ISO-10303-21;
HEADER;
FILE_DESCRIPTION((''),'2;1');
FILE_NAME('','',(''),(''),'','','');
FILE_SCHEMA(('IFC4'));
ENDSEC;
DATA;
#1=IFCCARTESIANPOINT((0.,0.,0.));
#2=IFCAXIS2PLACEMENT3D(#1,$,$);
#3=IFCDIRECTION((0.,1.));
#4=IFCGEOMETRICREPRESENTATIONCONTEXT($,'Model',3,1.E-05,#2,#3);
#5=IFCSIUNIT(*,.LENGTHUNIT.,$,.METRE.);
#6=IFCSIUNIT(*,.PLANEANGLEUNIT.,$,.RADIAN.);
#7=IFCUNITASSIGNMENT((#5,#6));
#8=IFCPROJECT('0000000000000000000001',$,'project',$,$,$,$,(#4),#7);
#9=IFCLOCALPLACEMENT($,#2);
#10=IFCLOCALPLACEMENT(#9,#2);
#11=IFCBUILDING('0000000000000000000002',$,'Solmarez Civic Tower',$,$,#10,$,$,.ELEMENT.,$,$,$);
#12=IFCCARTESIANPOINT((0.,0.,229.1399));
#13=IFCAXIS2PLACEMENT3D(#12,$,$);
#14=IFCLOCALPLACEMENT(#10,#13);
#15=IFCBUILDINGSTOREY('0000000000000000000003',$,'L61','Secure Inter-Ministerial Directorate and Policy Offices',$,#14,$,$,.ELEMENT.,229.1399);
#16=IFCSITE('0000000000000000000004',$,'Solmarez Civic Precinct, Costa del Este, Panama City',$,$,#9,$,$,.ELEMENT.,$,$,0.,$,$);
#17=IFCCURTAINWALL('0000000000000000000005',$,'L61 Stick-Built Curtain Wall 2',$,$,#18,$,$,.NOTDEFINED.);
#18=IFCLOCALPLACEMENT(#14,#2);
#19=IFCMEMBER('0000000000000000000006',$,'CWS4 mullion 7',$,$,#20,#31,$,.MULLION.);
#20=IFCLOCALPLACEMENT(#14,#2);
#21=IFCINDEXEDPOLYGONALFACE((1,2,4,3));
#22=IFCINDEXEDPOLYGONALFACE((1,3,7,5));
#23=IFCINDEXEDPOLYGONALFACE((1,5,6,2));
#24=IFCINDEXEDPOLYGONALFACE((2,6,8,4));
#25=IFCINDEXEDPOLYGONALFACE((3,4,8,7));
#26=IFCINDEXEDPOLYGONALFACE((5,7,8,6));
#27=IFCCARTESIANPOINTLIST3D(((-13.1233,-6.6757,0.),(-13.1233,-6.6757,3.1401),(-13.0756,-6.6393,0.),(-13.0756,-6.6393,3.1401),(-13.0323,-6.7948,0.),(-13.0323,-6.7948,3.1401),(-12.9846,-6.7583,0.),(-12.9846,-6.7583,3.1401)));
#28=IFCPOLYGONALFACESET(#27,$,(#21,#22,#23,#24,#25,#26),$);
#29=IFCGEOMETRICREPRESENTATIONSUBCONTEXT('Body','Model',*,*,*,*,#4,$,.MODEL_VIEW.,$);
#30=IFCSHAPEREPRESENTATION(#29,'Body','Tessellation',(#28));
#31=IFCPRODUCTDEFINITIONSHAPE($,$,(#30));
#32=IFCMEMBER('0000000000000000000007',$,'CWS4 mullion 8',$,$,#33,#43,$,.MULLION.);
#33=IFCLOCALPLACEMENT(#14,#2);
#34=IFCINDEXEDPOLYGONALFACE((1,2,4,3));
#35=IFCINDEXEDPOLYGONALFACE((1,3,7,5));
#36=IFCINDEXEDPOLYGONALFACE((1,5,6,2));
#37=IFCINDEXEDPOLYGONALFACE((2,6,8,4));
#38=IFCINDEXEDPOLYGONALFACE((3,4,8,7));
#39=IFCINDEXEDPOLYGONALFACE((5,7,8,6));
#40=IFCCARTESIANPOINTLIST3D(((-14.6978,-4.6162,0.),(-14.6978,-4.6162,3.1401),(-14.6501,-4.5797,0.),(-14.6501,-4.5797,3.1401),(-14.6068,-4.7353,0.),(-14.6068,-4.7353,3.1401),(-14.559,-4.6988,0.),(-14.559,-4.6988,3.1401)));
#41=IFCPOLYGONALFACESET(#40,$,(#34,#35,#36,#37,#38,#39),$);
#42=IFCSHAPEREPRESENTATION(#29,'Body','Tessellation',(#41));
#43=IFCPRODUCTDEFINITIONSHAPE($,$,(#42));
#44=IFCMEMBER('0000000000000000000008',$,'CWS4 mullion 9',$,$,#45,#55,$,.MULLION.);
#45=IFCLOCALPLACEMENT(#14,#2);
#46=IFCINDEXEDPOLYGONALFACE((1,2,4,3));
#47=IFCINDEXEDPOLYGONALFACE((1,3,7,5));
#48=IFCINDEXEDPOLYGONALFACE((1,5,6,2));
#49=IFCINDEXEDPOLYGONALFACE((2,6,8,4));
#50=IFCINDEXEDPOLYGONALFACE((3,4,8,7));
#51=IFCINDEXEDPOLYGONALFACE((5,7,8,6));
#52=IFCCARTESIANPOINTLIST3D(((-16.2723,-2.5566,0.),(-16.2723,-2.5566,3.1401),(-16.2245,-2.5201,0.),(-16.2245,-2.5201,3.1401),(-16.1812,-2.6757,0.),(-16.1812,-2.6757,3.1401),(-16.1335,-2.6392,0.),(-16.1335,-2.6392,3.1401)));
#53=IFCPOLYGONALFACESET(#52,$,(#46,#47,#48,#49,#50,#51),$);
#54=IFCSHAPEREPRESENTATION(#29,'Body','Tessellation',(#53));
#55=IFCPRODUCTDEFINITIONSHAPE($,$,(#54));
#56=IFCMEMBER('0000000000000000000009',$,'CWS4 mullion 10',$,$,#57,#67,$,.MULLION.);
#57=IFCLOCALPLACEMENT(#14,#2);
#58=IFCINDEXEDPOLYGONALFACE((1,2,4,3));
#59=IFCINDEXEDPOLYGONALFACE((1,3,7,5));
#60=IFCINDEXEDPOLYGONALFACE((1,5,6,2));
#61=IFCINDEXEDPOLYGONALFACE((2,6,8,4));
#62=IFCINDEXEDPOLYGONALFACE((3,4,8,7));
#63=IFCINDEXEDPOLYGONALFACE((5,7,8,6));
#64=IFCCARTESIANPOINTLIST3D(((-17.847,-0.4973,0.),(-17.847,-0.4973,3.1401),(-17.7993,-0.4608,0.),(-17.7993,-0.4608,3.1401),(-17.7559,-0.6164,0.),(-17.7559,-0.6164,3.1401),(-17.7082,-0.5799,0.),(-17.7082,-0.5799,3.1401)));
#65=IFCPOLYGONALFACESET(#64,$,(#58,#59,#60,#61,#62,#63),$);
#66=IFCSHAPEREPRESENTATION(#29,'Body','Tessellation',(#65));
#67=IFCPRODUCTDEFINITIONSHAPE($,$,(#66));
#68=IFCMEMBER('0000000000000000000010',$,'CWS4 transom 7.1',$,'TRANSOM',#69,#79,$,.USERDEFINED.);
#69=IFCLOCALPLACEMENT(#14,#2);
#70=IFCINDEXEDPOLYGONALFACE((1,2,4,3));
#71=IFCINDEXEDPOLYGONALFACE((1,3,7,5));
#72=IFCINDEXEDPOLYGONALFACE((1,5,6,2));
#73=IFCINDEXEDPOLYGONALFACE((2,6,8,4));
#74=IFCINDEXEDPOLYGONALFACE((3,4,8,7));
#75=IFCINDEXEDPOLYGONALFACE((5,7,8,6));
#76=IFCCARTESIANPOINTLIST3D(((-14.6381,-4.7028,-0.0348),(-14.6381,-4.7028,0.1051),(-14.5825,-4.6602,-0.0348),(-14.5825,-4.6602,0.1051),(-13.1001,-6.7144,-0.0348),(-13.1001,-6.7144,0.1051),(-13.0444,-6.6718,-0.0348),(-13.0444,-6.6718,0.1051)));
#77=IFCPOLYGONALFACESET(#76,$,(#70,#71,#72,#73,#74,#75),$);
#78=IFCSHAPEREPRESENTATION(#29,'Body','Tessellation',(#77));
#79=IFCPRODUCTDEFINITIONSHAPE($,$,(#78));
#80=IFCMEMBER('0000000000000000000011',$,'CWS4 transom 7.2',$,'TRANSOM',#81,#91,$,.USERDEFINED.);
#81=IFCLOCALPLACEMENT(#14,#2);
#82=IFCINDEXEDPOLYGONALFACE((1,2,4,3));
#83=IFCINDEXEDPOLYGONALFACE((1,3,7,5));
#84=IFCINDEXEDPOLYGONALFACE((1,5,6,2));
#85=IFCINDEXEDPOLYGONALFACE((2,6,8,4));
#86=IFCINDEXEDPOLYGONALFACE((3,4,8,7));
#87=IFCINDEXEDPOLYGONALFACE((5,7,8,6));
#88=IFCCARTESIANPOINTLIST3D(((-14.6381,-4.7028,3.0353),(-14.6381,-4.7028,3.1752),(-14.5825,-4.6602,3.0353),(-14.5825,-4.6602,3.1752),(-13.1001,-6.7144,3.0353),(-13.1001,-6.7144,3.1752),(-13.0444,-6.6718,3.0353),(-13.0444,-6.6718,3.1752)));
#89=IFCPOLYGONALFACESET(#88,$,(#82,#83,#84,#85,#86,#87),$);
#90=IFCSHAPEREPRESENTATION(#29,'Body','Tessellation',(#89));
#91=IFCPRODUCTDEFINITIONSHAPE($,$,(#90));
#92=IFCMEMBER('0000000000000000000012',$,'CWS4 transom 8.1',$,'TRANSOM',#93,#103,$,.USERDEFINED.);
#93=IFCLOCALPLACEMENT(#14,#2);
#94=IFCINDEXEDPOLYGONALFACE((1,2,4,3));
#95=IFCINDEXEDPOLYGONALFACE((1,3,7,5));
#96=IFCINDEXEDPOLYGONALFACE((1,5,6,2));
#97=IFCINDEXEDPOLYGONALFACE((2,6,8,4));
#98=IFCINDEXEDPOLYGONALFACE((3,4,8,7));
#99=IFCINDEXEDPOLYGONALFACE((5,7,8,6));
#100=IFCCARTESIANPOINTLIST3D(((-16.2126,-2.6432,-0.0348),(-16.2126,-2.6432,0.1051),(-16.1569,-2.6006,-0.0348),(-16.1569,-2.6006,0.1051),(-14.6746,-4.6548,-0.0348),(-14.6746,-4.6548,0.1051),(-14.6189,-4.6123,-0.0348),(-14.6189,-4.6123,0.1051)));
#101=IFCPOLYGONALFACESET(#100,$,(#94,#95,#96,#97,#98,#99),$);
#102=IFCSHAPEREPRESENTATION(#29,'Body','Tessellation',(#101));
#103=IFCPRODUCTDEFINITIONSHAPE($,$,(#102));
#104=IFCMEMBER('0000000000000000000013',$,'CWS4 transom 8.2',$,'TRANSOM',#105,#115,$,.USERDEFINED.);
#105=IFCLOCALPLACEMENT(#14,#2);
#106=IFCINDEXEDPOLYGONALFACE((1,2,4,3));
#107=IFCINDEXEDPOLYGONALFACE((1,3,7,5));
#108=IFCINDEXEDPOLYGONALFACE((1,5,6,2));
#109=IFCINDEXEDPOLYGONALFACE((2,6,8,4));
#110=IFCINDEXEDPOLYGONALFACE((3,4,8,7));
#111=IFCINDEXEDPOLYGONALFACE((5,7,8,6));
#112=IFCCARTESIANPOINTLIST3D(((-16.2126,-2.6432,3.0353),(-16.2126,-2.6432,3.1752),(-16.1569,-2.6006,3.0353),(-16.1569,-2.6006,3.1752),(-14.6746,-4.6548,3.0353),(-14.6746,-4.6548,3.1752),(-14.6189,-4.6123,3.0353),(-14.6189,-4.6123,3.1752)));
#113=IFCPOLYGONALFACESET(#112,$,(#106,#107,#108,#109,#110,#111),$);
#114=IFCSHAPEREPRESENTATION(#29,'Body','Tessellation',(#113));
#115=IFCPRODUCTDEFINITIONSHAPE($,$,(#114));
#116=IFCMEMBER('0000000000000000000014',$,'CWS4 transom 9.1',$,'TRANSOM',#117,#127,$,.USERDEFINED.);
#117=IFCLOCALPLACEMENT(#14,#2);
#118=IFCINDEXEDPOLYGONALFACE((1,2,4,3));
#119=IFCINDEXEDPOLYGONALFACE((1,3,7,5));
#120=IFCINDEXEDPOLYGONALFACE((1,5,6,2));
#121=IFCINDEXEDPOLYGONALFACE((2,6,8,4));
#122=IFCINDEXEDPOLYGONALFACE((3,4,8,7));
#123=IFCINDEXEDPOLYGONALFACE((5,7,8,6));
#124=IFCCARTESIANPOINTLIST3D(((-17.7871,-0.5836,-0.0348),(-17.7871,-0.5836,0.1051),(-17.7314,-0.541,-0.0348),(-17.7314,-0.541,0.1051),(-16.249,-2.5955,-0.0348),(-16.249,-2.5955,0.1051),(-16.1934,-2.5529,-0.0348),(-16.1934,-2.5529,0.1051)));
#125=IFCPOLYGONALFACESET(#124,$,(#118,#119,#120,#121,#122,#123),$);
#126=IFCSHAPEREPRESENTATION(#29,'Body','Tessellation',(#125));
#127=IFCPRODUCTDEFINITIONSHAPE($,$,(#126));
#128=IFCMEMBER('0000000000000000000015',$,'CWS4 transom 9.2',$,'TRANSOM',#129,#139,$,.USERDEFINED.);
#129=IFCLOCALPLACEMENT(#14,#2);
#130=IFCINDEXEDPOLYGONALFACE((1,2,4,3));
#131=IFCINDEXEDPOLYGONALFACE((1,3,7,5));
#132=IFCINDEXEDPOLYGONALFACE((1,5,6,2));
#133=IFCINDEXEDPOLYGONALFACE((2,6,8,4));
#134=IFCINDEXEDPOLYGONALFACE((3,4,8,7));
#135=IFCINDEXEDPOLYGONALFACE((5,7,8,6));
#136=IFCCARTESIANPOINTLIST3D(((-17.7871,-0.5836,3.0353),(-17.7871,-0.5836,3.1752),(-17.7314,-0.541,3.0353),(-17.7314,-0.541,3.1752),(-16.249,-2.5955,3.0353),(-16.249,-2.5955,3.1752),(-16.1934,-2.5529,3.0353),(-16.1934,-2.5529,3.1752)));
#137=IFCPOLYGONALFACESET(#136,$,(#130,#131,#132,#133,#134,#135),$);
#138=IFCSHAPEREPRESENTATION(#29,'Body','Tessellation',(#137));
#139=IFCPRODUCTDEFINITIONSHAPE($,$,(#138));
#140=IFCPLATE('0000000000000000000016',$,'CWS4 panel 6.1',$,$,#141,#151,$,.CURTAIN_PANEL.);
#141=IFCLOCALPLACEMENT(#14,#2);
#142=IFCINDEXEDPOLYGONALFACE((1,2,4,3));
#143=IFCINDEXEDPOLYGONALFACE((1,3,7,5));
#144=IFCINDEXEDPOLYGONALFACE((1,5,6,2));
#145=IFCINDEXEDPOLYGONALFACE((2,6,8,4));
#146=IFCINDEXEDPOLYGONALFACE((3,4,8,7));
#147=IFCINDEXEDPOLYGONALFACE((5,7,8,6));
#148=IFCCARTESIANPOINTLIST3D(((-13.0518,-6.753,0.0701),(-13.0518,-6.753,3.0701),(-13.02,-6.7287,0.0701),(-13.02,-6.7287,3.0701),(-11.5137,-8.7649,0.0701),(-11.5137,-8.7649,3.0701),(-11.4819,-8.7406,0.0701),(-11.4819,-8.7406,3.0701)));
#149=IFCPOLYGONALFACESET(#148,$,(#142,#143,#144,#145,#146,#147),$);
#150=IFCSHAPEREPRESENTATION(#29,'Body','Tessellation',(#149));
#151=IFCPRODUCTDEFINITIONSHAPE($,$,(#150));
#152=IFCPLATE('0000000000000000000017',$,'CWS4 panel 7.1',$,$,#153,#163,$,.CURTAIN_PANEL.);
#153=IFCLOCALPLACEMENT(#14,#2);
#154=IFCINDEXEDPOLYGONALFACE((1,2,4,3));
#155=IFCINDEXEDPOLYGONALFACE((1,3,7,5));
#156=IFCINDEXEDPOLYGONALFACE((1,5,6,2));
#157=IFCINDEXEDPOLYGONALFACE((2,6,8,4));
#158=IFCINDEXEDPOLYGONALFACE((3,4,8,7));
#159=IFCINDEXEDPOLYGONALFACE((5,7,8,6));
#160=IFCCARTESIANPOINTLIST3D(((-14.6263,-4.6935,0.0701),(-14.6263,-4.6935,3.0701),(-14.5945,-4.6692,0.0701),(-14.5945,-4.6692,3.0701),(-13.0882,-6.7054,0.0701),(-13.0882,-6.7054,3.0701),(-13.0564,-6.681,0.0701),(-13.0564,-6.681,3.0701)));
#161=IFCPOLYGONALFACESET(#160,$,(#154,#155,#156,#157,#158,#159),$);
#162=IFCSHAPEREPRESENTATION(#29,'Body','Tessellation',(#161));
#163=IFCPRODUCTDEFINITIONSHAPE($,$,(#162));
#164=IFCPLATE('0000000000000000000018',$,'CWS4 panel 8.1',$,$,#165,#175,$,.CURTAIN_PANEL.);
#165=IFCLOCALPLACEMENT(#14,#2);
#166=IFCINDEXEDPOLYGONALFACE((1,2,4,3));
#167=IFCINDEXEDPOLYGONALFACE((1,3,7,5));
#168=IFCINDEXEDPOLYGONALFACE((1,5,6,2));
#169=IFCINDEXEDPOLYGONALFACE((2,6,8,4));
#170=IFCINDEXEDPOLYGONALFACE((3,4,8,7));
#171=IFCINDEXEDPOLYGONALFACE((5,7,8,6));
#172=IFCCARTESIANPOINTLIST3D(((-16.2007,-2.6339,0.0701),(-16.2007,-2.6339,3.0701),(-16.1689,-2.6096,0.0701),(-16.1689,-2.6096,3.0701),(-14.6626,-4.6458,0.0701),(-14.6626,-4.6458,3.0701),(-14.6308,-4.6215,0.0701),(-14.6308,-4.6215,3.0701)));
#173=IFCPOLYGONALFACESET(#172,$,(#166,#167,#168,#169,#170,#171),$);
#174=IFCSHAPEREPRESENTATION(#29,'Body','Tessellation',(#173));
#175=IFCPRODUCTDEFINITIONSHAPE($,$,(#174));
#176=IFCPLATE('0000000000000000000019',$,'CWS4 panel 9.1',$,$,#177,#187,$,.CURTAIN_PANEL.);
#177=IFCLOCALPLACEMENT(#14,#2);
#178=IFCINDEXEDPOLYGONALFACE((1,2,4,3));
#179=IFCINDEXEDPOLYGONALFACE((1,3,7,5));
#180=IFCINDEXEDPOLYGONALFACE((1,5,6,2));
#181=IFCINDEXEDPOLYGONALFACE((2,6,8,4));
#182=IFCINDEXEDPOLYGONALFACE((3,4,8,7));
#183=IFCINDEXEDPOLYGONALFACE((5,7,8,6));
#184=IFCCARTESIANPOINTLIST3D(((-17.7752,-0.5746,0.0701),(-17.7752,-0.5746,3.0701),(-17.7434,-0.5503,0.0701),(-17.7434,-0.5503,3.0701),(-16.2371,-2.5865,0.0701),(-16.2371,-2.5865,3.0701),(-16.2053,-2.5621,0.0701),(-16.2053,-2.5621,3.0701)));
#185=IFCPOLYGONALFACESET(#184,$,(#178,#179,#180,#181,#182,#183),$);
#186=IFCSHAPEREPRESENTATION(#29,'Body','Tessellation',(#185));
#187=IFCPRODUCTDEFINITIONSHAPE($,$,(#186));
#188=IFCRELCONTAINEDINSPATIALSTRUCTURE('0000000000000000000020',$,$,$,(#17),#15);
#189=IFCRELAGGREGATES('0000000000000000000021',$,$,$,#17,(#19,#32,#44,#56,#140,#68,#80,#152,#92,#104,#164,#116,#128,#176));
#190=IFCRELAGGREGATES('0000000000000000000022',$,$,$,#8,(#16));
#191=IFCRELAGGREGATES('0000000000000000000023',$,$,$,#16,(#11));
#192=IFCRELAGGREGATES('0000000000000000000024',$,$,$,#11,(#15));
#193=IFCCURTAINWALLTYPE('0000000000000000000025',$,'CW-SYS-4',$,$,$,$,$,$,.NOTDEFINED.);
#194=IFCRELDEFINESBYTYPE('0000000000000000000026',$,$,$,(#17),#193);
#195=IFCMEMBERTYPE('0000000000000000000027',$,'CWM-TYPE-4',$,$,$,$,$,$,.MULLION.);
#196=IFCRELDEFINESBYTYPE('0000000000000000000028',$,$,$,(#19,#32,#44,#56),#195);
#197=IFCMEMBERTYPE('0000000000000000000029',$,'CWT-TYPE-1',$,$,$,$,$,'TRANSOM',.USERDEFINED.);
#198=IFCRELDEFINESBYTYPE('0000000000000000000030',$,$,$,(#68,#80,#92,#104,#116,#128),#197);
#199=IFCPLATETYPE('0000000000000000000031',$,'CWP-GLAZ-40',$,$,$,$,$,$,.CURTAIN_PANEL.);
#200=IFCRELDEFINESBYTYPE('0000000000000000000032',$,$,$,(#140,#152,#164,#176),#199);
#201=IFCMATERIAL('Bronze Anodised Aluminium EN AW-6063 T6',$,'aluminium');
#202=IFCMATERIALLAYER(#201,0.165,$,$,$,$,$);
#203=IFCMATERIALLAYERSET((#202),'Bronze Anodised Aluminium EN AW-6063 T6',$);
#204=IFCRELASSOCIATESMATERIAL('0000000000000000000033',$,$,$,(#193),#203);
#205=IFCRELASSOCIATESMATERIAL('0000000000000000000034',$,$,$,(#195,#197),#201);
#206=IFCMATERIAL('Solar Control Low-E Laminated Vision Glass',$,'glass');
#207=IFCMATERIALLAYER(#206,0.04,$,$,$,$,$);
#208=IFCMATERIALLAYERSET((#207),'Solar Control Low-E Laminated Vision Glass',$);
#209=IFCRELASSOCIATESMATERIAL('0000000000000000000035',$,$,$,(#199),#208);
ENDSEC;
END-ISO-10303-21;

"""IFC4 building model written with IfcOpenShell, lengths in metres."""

from ifc_helpers import new_model, si_unit, direction, frame, origin, origin_2d, place, context, subcontext, project, spatial, rectangle, extrude, material, layer, layer_set, material_profile, profile_set, type_object, element, aggregate, save


model = new_model("IFC4")

# Units and contexts
model_context = context("Model", 3, precision=1e-05, world=origin(), true_north=direction((0.0, 1.0)))
body_context = subcontext(model_context, "Body", "Model", "MODEL_VIEW")
ifc_project = project(units=[si_unit("LENGTHUNIT", "METRE"), si_unit("PLANEANGLEUNIT", "RADIAN")], contexts=[model_context])

# Site, building, storey
site_placement = place(None, origin())
site = spatial("IfcSite", under=ifc_project, at=site_placement, Name="Solmarez Civic Precinct, Costa del Este, Panama City", CompositionType="ELEMENT", RefElevation=0.0)
building_placement = place(site_placement, origin())
building = spatial("IfcBuilding", under=site, at=building_placement, Name="Solmarez Civic Tower", CompositionType="ELEMENT")
storey_placement = place(building_placement, frame((0.0, 0.0, 229.1399)))
storey = spatial("IfcBuildingStorey", under=building, at=storey_placement, Name="L61", Description="Secure Inter-Ministerial Directorate and Policy Offices", CompositionType="ELEMENT", Elevation=229.1399)

# Curtain wall, members, plates
ifc_material_1 = material(Name="Bronze Anodised Aluminium EN AW-6063 T6", Category="aluminium")
ifc_layer_1 = layer(ifc_material_1, 0.165)
ifc_layer_set_1 = layer_set([ifc_layer_1], Name="Bronze Anodised Aluminium EN AW-6063 T6")
curtain_wall_type = type_object("IfcCurtainWallType", Name="CW-SYS-4", PredefinedType="NOTDEFINED", material=ifc_layer_set_1)
curtain_wall_placement = place(storey_placement, origin())
curtain_wall = element("IfcCurtainWall", 1, at=curtain_wall_placement, inside=storey, type_object=curtain_wall_type, Name="L61 Stick-Built Curtain Wall 2", PredefinedType="NOTDEFINED")
ifc_material_profile_1 = material_profile(ifc_material_1, rectangle(XDim=0.0601, YDim=0.1499, at=origin_2d()), Name="CWM-60X150")
ifc_profile_set_1 = profile_set([ifc_material_profile_1], Name="Bronze Anodised Aluminium EN AW-6063 T6")
member_type_1 = type_object("IfcMemberType", Name="CWM-TYPE-4", PredefinedType="MULLION", material=ifc_profile_set_1)
member_1_placement = place(storey_placement, frame((-13.054, -6.717, 0.0), z_axis=(0.0, 0.0, 1.0), x_axis=(-0.794434, -0.60735, 0.0)))
member_1 = element("IfcMember", 2, at=member_1_placement, type_object=member_type_1, Name="CWS4 mullion 7", PredefinedType="MULLION", context=body_context, shape_type="SweptSolid", body=[
    extrude(rectangle(XDim=0.0601, YDim=0.1499, at=origin_2d()), origin(), (0.0, 0.0, 1.0), 3.1401),
])
member_2_placement = place(storey_placement, frame((-14.6284, -4.6575, 0.0), z_axis=(0.0, 0.0, 1.0), x_axis=(-0.794434, -0.60735, 0.0)))
member_2 = element("IfcMember", 3, at=member_2_placement, type_object=member_type_1, Name="CWS4 mullion 8", PredefinedType="MULLION", context=body_context, shape_type="SweptSolid", body=[
    extrude(rectangle(XDim=0.0601, YDim=0.1499, at=origin_2d()), origin(), (0.0, 0.0, 1.0), 3.1401),
])
member_3_placement = place(storey_placement, frame((-16.2029, -2.5979, 0.0), z_axis=(0.0, 0.0, 1.0), x_axis=(-0.794434, -0.60735, 0.0)))
member_3 = element("IfcMember", 4, at=member_3_placement, type_object=member_type_1, Name="CWS4 mullion 9", PredefinedType="MULLION", context=body_context, shape_type="SweptSolid", body=[
    extrude(rectangle(XDim=0.0601, YDim=0.1499, at=origin_2d()), origin(), (0.0, 0.0, 1.0), 3.1401),
])
member_4_placement = place(storey_placement, frame((-17.7776, -0.5386, 0.0), z_axis=(0.0, 0.0, 1.0), x_axis=(-0.794434, -0.60735, 0.0)))
member_4 = element("IfcMember", 5, at=member_4_placement, type_object=member_type_1, Name="CWS4 mullion 10", PredefinedType="MULLION", context=body_context, shape_type="SweptSolid", body=[
    extrude(rectangle(XDim=0.0601, YDim=0.1499, at=origin_2d()), origin(), (0.0, 0.0, 1.0), 3.1401),
])
ifc_material_profile_2 = material_profile(ifc_material_1, rectangle(XDim=0.0701, YDim=0.1399, at=origin_2d()), Name="CWT-70X140")
ifc_profile_set_2 = profile_set([ifc_material_profile_2], Name="Bronze Anodised Aluminium EN AW-6063 T6")
member_type_2 = type_object("IfcMemberType", Name="CWT-TYPE-1", ElementType="TRANSOM", PredefinedType="USERDEFINED", material=ifc_profile_set_2)
member_5_placement = place(storey_placement, frame((-13.0723, -6.6931, 0.0352), z_axis=(-0.607379, 0.794413, 0.0), x_axis=(-0.794413, -0.607379, 0.0)))
member_5 = element("IfcMember", 6, at=member_5_placement, type_object=member_type_2, Name="CWS4 transom 7.1", ObjectType="TRANSOM", PredefinedType="USERDEFINED", context=body_context, shape_type="SweptSolid", body=[
    extrude(rectangle(XDim=0.0701, YDim=0.1399, at=origin_2d()), origin(), (0.0, 0.0, 1.0), 2.5322),
])
member_6_placement = place(storey_placement, frame((-13.0723, -6.6931, 3.1052), z_axis=(-0.607379, 0.794413, 0.0), x_axis=(-0.794413, -0.607379, 0.0)))
member_6 = element("IfcMember", 7, at=member_6_placement, type_object=member_type_2, Name="CWS4 transom 7.2", ObjectType="TRANSOM", PredefinedType="USERDEFINED", context=body_context, shape_type="SweptSolid", body=[
    extrude(rectangle(XDim=0.0701, YDim=0.1399, at=origin_2d()), origin(), (0.0, 0.0, 1.0), 2.5322),
])
member_7_placement = place(storey_placement, frame((-14.6467, -4.6335, 0.0352), z_axis=(-0.607379, 0.794413, 0.0), x_axis=(-0.794413, -0.607379, 0.0)))
member_7 = element("IfcMember", 8, at=member_7_placement, type_object=member_type_2, Name="CWS4 transom 8.1", ObjectType="TRANSOM", PredefinedType="USERDEFINED", context=body_context, shape_type="SweptSolid", body=[
    extrude(rectangle(XDim=0.0701, YDim=0.1399, at=origin_2d()), origin(), (0.0, 0.0, 1.0), 2.5322),
])
member_8_placement = place(storey_placement, frame((-14.6467, -4.6335, 3.1052), z_axis=(-0.607379, 0.794413, 0.0), x_axis=(-0.794413, -0.607379, 0.0)))
member_8 = element("IfcMember", 9, at=member_8_placement, type_object=member_type_2, Name="CWS4 transom 8.2", ObjectType="TRANSOM", PredefinedType="USERDEFINED", context=body_context, shape_type="SweptSolid", body=[
    extrude(rectangle(XDim=0.0701, YDim=0.1399, at=origin_2d()), origin(), (0.0, 0.0, 1.0), 2.5322),
])
member_9_placement = place(storey_placement, frame((-16.2212, -2.5742, 0.0352), z_axis=(-0.607332, 0.794448, 0.0), x_axis=(-0.794448, -0.607332, 0.0)))
member_9 = element("IfcMember", 10, at=member_9_placement, type_object=member_type_2, Name="CWS4 transom 9.1", ObjectType="TRANSOM", PredefinedType="USERDEFINED", context=body_context, shape_type="SweptSolid", body=[
    extrude(rectangle(XDim=0.0701, YDim=0.1399, at=origin_2d()), origin(), (0.0, 0.0, 1.0), 2.5325),
])
member_10_placement = place(storey_placement, frame((-16.2212, -2.5742, 3.1052), z_axis=(-0.607332, 0.794448, 0.0), x_axis=(-0.794448, -0.607332, 0.0)))
member_10 = element("IfcMember", 11, at=member_10_placement, type_object=member_type_2, Name="CWS4 transom 9.2", ObjectType="TRANSOM", PredefinedType="USERDEFINED", context=body_context, shape_type="SweptSolid", body=[
    extrude(rectangle(XDim=0.0701, YDim=0.1399, at=origin_2d()), origin(), (0.0, 0.0, 1.0), 2.5325),
])
ifc_material_2 = material(Name="Solar Control Low-E Laminated Vision Glass", Category="glass")
ifc_layer_2 = layer(ifc_material_2, 0.04)
ifc_layer_set_2 = layer_set([ifc_layer_2], Name="Solar Control Low-E Laminated Vision Glass")
plate_type = type_object("IfcPlateType", Name="CWP-GLAZ-40", PredefinedType="CURTAIN_PANEL", material=ifc_layer_set_2)
plate_1_placement = place(storey_placement, frame((-12.2668, -7.7468, 0.0701), z_axis=(0.0, 0.0, 1.0), x_axis=(-0.60735, 0.794434, 0.0)))
plate_1 = element("IfcPlate", 12, at=plate_1_placement, type_object=plate_type, Name="CWS4 panel 6.1", PredefinedType="CURTAIN_PANEL", context=body_context, shape_type="SweptSolid", body=[
    extrude(rectangle(XDim=2.5325, YDim=0.04, at=origin_2d()), origin(), (0.0, 0.0, 1.0), 3.0),
])
plate_2_placement = place(storey_placement, frame((-13.8413, -5.6873, 0.0701), z_axis=(0.0, 0.0, 1.0), x_axis=(-0.60735, 0.794434, 0.0)))
plate_2 = element("IfcPlate", 13, at=plate_2_placement, type_object=plate_type, Name="CWS4 panel 7.1", PredefinedType="CURTAIN_PANEL", context=body_context, shape_type="SweptSolid", body=[
    extrude(rectangle(XDim=2.5325, YDim=0.04, at=origin_2d()), origin(), (0.0, 0.0, 1.0), 3.0),
])
plate_3_placement = place(storey_placement, frame((-15.4158, -3.6277, 0.0701), z_axis=(0.0, 0.0, 1.0), x_axis=(-0.60735, 0.794434, 0.0)))
plate_3 = element("IfcPlate", 14, at=plate_3_placement, type_object=plate_type, Name="CWS4 panel 8.1", PredefinedType="CURTAIN_PANEL", context=body_context, shape_type="SweptSolid", body=[
    extrude(rectangle(XDim=2.5325, YDim=0.04, at=origin_2d()), origin(), (0.0, 0.0, 1.0), 3.0),
])
plate_4_placement = place(storey_placement, frame((-16.9902, -1.5684, 0.0701), z_axis=(0.0, 0.0, 1.0), x_axis=(-0.60735, 0.794434, 0.0)))
plate_4 = element("IfcPlate", 15, at=plate_4_placement, type_object=plate_type, Name="CWS4 panel 9.1", PredefinedType="CURTAIN_PANEL", context=body_context, shape_type="SweptSolid", body=[
    extrude(rectangle(XDim=2.5325, YDim=0.04, at=origin_2d()), origin(), (0.0, 0.0, 1.0), 3.0),
])
aggregate(curtain_wall, [member_1, member_2, member_3, member_4, plate_1, member_5, member_6, plate_2, member_7, member_8, plate_3, member_9, member_10, plate_4])

save(model, "model.ifc")
